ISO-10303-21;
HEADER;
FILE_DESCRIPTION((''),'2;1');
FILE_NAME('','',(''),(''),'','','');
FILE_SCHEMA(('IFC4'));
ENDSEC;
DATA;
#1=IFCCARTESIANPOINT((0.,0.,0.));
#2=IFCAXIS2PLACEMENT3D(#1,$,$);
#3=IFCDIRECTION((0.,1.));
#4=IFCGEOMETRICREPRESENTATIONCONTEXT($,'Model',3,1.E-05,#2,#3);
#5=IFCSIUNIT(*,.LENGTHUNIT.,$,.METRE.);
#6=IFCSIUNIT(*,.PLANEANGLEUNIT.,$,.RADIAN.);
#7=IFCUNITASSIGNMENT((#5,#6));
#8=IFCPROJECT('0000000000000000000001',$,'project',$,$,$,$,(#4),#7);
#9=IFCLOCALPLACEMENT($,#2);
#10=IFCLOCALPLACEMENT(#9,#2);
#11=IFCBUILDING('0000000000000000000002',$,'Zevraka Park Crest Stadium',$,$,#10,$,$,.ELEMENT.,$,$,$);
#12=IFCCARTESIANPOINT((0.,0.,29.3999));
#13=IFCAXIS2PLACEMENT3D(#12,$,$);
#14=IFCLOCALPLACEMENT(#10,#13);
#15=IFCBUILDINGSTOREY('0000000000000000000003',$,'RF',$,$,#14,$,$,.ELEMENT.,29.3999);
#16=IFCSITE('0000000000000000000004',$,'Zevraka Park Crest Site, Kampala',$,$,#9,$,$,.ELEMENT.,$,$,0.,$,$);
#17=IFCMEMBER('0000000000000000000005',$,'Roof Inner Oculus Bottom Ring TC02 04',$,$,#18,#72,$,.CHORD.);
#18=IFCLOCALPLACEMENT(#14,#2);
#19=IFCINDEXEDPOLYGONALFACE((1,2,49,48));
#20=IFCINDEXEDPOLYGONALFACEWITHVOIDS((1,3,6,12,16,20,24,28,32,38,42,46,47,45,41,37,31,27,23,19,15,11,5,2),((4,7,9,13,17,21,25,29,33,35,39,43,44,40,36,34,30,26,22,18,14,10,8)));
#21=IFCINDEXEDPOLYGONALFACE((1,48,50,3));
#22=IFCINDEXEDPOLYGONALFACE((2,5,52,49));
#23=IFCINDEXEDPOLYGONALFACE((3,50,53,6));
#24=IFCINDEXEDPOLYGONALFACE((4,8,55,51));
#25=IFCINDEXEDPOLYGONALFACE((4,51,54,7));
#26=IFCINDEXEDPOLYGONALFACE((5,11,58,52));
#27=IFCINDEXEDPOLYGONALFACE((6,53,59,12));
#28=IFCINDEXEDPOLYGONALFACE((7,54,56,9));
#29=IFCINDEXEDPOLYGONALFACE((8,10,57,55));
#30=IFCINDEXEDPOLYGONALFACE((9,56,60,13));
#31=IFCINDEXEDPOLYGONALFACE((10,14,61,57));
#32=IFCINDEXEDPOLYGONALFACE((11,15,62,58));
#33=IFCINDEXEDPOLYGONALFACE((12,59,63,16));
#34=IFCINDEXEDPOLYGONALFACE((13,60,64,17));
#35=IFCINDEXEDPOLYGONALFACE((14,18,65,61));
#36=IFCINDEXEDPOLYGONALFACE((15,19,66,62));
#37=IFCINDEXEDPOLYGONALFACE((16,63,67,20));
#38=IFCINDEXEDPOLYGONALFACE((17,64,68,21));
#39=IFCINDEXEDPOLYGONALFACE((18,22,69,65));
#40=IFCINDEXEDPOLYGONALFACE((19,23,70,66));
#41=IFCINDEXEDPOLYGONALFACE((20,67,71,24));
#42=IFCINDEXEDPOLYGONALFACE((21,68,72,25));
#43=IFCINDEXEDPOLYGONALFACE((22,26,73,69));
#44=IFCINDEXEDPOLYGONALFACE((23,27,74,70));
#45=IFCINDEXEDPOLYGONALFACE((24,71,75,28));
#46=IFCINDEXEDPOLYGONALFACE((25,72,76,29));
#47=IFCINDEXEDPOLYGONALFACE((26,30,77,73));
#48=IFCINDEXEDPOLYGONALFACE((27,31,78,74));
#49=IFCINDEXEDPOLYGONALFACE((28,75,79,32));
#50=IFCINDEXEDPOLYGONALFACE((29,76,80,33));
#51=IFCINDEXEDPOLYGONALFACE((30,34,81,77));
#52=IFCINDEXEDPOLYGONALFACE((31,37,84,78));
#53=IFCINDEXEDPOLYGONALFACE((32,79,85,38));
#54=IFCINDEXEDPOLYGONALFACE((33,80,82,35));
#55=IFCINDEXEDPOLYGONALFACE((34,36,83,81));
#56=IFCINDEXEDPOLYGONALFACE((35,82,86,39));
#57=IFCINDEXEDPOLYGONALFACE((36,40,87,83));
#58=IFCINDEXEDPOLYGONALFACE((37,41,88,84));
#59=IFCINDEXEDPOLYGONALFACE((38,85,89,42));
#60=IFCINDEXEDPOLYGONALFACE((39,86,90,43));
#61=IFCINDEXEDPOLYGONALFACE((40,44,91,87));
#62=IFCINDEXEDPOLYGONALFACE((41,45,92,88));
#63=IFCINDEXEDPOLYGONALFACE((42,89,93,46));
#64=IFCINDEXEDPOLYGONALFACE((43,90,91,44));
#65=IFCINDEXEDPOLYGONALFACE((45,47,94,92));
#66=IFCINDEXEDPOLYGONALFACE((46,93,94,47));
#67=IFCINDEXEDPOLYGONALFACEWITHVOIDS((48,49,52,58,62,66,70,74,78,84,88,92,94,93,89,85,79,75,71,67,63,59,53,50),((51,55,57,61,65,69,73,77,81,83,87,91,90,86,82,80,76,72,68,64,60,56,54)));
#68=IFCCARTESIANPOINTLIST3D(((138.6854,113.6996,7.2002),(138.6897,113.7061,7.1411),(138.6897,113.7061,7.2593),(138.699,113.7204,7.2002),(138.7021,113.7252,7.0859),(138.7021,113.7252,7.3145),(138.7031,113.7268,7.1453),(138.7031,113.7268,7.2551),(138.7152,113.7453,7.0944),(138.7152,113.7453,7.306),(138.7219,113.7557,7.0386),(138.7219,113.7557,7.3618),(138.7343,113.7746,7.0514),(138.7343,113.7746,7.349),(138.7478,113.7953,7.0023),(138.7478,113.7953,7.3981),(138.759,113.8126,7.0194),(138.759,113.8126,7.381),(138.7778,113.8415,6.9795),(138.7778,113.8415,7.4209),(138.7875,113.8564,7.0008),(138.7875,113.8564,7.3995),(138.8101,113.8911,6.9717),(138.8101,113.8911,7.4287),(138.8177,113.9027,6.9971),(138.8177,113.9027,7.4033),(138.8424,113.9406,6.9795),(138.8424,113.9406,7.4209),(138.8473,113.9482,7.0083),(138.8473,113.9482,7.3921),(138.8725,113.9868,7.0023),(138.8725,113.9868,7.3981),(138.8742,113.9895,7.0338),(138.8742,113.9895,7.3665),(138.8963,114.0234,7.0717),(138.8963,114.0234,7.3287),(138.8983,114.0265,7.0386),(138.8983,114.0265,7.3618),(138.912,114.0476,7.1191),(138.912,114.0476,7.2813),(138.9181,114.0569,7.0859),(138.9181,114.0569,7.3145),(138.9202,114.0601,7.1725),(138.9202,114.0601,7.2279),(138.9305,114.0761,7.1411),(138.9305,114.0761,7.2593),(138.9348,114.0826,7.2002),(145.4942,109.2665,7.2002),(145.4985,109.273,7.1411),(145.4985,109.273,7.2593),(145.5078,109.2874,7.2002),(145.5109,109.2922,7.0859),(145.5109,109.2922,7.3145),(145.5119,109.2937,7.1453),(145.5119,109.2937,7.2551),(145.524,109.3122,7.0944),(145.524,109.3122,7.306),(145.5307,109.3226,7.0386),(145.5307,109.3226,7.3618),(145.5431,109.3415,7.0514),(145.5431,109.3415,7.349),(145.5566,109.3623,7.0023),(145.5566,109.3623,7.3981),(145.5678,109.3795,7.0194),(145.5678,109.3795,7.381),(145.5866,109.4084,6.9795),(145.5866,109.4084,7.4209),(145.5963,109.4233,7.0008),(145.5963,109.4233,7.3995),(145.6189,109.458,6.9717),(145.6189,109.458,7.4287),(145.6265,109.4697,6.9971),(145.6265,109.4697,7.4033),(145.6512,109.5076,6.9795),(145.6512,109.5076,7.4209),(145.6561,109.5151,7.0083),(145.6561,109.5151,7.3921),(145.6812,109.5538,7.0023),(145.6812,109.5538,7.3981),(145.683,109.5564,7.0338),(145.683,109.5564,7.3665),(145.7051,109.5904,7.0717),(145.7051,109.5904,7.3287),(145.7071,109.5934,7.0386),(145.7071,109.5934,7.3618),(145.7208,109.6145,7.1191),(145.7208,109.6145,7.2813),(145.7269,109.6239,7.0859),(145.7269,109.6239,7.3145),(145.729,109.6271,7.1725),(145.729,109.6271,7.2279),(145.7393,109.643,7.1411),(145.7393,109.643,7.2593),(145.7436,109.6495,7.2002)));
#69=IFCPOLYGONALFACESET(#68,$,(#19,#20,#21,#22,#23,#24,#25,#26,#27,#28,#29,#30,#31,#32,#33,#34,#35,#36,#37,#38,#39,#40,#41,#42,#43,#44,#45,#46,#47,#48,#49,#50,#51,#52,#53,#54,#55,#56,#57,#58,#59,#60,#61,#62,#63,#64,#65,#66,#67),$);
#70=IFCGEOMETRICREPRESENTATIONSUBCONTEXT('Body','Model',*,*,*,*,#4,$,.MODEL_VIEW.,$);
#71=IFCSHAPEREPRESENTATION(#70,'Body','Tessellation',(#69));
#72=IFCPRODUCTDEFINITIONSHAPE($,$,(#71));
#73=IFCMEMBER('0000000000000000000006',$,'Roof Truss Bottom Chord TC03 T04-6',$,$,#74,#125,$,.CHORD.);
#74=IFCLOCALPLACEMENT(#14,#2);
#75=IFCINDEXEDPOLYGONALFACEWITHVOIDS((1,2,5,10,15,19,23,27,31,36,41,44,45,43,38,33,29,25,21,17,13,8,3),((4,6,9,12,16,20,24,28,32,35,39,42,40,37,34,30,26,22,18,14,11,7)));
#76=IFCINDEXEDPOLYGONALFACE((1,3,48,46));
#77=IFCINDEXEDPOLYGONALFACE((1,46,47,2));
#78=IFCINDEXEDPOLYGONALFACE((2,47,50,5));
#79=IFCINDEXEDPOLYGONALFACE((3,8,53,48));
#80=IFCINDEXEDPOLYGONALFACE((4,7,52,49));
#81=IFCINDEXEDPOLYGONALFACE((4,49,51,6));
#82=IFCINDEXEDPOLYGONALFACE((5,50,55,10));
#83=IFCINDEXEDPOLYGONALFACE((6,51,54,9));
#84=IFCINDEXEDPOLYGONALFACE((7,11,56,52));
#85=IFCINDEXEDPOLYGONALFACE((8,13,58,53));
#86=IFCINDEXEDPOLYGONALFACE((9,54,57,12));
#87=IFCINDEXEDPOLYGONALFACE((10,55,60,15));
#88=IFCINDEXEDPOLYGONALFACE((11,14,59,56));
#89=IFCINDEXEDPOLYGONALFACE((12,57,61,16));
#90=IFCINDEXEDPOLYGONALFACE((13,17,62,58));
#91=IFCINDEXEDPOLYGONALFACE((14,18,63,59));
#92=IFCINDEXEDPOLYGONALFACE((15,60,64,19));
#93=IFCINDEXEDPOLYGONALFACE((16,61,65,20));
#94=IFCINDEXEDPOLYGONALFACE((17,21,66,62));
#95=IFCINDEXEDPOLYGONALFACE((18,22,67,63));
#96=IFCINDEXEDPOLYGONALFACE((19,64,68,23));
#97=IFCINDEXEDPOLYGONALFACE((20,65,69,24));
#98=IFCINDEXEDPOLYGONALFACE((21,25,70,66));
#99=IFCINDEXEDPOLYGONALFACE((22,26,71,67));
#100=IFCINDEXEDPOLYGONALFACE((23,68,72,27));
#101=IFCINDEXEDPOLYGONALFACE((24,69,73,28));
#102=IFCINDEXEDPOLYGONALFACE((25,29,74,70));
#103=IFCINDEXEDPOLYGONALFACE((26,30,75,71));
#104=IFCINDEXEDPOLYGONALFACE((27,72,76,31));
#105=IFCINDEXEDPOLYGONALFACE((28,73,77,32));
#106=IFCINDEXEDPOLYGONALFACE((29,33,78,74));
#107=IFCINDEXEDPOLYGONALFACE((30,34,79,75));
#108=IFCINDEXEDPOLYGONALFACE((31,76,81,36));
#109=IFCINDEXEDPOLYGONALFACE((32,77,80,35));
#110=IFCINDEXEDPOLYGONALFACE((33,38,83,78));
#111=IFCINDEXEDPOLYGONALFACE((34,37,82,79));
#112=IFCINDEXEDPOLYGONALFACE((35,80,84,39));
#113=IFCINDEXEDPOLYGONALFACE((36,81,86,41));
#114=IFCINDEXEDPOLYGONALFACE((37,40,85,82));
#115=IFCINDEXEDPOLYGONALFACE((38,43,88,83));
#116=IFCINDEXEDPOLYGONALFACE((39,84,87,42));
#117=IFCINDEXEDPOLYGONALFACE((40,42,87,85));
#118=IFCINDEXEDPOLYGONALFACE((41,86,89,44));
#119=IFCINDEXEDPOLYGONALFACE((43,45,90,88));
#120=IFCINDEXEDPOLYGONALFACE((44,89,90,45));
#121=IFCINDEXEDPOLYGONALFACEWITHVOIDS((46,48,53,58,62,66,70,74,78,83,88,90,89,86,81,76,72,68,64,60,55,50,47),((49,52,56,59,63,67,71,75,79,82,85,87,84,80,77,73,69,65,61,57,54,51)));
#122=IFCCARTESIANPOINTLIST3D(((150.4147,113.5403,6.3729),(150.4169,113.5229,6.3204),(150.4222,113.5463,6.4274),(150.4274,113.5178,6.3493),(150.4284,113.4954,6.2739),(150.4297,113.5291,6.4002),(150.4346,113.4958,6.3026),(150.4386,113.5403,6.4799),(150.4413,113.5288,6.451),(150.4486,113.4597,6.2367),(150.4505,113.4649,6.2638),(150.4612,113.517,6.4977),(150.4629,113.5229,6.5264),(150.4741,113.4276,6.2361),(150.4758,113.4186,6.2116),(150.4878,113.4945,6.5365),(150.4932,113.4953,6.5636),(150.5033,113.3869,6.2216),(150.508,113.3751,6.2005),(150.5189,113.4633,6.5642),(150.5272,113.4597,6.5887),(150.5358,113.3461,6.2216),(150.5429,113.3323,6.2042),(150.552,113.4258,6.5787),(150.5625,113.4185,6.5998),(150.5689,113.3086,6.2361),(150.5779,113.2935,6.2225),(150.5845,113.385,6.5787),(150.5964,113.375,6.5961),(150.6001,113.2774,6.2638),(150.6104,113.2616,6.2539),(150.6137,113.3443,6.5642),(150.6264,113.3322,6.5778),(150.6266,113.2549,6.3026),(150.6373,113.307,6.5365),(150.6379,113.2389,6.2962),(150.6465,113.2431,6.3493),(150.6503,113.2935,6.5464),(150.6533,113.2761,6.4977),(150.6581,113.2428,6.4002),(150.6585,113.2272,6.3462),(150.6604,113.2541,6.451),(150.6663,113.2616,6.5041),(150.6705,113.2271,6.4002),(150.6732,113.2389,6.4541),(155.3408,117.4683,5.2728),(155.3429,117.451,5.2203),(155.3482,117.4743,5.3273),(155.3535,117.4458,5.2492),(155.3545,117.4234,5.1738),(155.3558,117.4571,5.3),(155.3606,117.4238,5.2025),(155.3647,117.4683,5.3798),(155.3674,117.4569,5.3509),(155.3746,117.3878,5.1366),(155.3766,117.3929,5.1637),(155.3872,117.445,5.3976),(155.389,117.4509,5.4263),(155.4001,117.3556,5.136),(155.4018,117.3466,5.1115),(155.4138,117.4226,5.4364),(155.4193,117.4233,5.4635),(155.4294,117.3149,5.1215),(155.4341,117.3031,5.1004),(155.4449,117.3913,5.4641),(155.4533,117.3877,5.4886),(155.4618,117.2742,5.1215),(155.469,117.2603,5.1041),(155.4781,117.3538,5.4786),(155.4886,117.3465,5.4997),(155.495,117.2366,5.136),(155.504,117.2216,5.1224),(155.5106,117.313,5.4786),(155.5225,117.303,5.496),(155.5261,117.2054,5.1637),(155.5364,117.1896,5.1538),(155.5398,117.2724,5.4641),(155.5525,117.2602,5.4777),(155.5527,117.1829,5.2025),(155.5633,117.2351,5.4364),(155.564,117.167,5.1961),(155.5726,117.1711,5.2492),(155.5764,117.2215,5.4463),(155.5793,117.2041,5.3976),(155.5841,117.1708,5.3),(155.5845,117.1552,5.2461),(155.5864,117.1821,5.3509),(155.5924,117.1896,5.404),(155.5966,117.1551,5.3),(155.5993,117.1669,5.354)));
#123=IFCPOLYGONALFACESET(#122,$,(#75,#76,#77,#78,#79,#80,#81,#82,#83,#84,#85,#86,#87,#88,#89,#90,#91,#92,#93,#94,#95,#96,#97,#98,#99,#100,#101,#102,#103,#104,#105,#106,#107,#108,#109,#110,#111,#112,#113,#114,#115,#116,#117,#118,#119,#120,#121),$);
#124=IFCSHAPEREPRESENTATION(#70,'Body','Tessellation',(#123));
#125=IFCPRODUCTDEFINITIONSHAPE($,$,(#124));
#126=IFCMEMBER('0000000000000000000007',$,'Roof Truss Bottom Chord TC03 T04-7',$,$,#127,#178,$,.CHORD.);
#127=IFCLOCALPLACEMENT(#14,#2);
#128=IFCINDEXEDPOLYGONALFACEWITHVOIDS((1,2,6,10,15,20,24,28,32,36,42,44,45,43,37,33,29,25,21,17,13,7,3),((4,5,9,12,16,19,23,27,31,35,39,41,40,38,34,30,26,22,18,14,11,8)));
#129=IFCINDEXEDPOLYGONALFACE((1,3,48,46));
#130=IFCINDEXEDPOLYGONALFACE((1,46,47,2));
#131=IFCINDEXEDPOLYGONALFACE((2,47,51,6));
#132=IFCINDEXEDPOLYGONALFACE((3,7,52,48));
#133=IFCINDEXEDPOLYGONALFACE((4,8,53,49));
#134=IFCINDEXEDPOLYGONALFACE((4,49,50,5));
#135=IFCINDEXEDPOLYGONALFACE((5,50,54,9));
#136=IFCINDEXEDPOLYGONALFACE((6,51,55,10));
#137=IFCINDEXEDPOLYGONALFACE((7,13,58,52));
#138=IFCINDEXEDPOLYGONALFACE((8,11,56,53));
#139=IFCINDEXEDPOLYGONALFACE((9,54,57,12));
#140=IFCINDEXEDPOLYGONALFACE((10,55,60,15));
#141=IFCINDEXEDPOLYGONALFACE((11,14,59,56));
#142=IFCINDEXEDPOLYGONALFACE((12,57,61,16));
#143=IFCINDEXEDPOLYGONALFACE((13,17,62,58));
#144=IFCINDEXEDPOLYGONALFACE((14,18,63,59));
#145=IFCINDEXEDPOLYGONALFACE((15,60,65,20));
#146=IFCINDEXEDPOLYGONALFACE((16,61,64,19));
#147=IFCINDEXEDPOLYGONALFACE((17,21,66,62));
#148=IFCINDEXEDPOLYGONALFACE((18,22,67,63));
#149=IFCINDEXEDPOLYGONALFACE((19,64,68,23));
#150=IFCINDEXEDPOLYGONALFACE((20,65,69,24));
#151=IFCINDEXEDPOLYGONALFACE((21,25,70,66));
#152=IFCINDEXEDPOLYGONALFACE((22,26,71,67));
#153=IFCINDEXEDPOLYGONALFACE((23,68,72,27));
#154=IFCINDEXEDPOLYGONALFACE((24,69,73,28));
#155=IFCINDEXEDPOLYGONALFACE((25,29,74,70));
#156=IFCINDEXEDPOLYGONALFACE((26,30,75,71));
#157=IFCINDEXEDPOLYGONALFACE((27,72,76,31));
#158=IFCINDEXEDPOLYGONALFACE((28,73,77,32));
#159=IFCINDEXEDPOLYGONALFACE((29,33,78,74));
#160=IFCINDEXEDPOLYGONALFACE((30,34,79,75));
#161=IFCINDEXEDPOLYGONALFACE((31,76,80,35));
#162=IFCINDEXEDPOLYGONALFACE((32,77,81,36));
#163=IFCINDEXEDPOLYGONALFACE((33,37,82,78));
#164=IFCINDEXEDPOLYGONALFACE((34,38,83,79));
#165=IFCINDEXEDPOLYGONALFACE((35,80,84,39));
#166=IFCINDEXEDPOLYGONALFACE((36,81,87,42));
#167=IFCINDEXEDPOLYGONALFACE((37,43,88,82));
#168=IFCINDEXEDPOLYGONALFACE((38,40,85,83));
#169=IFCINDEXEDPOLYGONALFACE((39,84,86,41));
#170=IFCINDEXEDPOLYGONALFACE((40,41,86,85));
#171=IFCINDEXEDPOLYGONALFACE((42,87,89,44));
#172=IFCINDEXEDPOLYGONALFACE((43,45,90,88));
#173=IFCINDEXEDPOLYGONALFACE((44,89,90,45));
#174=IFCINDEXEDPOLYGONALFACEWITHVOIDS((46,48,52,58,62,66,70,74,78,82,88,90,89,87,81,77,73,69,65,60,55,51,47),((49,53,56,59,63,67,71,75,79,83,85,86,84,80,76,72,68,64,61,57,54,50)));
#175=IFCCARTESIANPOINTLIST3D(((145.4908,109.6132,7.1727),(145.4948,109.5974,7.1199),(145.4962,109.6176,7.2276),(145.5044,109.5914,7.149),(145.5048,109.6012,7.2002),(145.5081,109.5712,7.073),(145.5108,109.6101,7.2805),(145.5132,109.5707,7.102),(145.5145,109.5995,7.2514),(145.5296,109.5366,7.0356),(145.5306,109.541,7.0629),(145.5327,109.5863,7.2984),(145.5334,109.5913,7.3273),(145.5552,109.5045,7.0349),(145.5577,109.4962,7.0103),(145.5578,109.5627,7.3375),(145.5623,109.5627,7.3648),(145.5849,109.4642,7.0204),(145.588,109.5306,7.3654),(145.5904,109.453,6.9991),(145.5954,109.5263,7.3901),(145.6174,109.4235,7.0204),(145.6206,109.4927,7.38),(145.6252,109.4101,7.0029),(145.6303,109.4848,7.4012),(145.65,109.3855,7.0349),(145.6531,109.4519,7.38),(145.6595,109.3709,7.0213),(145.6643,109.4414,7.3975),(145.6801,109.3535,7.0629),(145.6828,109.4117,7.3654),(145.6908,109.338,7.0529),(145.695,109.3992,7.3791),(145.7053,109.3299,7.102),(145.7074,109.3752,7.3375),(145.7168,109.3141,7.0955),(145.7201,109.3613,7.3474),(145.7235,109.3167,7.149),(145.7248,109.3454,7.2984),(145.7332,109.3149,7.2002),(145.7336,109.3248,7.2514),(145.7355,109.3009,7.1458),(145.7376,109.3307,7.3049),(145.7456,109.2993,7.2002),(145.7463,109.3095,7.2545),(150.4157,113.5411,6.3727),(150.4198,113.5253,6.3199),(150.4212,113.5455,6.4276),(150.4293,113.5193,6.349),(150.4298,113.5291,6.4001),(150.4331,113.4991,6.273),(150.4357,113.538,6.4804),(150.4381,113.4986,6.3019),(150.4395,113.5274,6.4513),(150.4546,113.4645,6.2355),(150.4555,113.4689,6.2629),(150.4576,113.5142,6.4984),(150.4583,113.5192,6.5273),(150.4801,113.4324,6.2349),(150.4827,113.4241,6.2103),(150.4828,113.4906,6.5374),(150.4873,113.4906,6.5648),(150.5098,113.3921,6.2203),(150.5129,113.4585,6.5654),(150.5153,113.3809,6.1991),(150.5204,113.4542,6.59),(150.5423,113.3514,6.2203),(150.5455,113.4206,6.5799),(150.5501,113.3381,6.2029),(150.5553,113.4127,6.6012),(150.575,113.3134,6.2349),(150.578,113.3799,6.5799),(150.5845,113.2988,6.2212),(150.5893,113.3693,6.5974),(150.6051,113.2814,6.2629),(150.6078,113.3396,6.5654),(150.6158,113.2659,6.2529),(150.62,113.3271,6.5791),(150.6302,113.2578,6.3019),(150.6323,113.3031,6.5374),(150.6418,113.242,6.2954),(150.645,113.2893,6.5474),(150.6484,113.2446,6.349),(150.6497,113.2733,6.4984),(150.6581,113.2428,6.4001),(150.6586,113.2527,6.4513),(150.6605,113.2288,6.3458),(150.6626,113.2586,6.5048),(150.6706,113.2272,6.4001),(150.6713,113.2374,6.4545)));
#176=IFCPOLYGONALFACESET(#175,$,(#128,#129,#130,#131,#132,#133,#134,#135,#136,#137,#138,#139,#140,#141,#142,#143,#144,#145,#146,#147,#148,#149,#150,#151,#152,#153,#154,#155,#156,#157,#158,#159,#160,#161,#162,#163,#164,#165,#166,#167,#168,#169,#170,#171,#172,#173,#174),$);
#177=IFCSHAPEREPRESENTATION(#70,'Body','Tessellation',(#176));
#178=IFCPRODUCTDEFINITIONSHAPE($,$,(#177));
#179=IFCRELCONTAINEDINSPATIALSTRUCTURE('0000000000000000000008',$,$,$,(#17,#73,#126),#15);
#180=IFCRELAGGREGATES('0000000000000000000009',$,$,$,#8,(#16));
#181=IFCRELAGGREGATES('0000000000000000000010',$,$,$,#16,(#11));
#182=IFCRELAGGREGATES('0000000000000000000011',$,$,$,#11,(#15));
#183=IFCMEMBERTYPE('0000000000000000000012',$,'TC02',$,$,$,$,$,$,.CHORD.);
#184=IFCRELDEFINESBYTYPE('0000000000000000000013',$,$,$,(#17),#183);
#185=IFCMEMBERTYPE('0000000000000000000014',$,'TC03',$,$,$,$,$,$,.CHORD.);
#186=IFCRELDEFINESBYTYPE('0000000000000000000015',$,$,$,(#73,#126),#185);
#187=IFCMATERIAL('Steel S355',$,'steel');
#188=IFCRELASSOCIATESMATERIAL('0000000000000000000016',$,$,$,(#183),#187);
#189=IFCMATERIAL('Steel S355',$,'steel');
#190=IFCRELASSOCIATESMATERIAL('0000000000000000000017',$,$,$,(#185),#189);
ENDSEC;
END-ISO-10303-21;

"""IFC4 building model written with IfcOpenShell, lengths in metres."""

from ifc_helpers import new_model, si_unit, direction, frame, origin, origin_2d, place, context, subcontext, project, spatial, hollow_circle, extrude, material, material_profile, profile_set, type_object, element, save


model = new_model("IFC4")

# Units and contexts
model_context = context("Model", 3, precision=1e-05, world=origin(), true_north=direction((0.0, 1.0)))
body_context = subcontext(model_context, "Body", "Model", "MODEL_VIEW")
ifc_project = project(units=[si_unit("LENGTHUNIT", "METRE"), si_unit("PLANEANGLEUNIT", "RADIAN")], contexts=[model_context])

# Site, building, storey
site_placement = place(None, origin())
site = spatial("IfcSite", under=ifc_project, at=site_placement, Name="Zevraka Park Crest Site, Kampala", CompositionType="ELEMENT", RefElevation=0.0)
building_placement = place(site_placement, origin())
building = spatial("IfcBuilding", under=site, at=building_placement, Name="Zevraka Park Crest Stadium", CompositionType="ELEMENT")
storey_placement = place(building_placement, frame((0.0, 0.0, 29.3999)))
storey = spatial("IfcBuildingStorey", under=building, at=storey_placement, Name="RF", CompositionType="ELEMENT", Elevation=29.3999)

# Members
ifc_material_1 = material(Name="Steel S355", Category="steel")
ifc_material_profile_1 = material_profile(ifc_material_1, hollow_circle(Radius=0.2285, WallThickness=0.0249, at=origin_2d()), Name="CHS 457.0x25")
ifc_profile_set_1 = profile_set([ifc_material_profile_1], Name="Steel S355")
member_type_1 = type_object("IfcMemberType", Name="TC02", PredefinedType="CHORD", material=ifc_profile_set_1)
member_1_placement = place(storey_placement, frame((145.6189, 109.458, 7.2002), z_axis=(-0.838029, 0.545625, 0.0), x_axis=(-0.545625, -0.838029, 0.0)))
element("IfcMember", 1, at=member_1_placement, inside=storey, type_object=member_type_1, Name="Roof Inner Oculus Bottom Ring TC02 04", PredefinedType="CHORD", context=body_context, shape_type="SweptSolid", body=[
    extrude(hollow_circle(Radius=0.2285, WallThickness=0.0249, at=origin_2d()), origin(), (0.0, 0.0, 1.0), 8.1248),
])
ifc_material_2 = material(Name="Steel S355", Category="steel")
ifc_material_profile_2 = material_profile(ifc_material_2, hollow_circle(Radius=0.2031, WallThickness=0.02, at=origin_2d()), Name="CHS 406.4x20")
ifc_profile_set_2 = profile_set([ifc_material_profile_2], Name="Steel S355")
member_type_2 = type_object("IfcMemberType", Name="TC03", PredefinedType="CHORD", material=ifc_profile_set_2)
member_2_placement = place(storey_placement, frame((155.47, 117.314, 5.3), z_axis=(-0.770209, -0.614159, 0.172006), x_axis=(0.623451, -0.781862, 0.0)))
element("IfcMember", 2, at=member_2_placement, inside=storey, type_object=member_type_2, Name="Roof Truss Bottom Chord TC03 T04-6", PredefinedType="CHORD", context=body_context, shape_type="SweptSolid", body=[
    extrude(hollow_circle(Radius=0.2031, WallThickness=0.02, at=origin_2d()), origin(), (0.0, 0.0, 1.0), 6.3958),
])
member_3_placement = place(storey_placement, frame((150.5439, 113.386, 6.4001), z_axis=(-0.775572, -0.618559, 0.125988), x_axis=(0.623527, -0.781802, 0.0)))
element("IfcMember", 3, at=member_3_placement, inside=storey, type_object=member_type_2, Name="Roof Truss Bottom Chord TC03 T04-7", PredefinedType="CHORD", context=body_context, shape_type="SweptSolid", body=[
    extrude(hollow_circle(Radius=0.2031, WallThickness=0.02, at=origin_2d()), origin(), (0.0, 0.0, 1.0), 6.3501),
])

save(model, "model.ifc")
